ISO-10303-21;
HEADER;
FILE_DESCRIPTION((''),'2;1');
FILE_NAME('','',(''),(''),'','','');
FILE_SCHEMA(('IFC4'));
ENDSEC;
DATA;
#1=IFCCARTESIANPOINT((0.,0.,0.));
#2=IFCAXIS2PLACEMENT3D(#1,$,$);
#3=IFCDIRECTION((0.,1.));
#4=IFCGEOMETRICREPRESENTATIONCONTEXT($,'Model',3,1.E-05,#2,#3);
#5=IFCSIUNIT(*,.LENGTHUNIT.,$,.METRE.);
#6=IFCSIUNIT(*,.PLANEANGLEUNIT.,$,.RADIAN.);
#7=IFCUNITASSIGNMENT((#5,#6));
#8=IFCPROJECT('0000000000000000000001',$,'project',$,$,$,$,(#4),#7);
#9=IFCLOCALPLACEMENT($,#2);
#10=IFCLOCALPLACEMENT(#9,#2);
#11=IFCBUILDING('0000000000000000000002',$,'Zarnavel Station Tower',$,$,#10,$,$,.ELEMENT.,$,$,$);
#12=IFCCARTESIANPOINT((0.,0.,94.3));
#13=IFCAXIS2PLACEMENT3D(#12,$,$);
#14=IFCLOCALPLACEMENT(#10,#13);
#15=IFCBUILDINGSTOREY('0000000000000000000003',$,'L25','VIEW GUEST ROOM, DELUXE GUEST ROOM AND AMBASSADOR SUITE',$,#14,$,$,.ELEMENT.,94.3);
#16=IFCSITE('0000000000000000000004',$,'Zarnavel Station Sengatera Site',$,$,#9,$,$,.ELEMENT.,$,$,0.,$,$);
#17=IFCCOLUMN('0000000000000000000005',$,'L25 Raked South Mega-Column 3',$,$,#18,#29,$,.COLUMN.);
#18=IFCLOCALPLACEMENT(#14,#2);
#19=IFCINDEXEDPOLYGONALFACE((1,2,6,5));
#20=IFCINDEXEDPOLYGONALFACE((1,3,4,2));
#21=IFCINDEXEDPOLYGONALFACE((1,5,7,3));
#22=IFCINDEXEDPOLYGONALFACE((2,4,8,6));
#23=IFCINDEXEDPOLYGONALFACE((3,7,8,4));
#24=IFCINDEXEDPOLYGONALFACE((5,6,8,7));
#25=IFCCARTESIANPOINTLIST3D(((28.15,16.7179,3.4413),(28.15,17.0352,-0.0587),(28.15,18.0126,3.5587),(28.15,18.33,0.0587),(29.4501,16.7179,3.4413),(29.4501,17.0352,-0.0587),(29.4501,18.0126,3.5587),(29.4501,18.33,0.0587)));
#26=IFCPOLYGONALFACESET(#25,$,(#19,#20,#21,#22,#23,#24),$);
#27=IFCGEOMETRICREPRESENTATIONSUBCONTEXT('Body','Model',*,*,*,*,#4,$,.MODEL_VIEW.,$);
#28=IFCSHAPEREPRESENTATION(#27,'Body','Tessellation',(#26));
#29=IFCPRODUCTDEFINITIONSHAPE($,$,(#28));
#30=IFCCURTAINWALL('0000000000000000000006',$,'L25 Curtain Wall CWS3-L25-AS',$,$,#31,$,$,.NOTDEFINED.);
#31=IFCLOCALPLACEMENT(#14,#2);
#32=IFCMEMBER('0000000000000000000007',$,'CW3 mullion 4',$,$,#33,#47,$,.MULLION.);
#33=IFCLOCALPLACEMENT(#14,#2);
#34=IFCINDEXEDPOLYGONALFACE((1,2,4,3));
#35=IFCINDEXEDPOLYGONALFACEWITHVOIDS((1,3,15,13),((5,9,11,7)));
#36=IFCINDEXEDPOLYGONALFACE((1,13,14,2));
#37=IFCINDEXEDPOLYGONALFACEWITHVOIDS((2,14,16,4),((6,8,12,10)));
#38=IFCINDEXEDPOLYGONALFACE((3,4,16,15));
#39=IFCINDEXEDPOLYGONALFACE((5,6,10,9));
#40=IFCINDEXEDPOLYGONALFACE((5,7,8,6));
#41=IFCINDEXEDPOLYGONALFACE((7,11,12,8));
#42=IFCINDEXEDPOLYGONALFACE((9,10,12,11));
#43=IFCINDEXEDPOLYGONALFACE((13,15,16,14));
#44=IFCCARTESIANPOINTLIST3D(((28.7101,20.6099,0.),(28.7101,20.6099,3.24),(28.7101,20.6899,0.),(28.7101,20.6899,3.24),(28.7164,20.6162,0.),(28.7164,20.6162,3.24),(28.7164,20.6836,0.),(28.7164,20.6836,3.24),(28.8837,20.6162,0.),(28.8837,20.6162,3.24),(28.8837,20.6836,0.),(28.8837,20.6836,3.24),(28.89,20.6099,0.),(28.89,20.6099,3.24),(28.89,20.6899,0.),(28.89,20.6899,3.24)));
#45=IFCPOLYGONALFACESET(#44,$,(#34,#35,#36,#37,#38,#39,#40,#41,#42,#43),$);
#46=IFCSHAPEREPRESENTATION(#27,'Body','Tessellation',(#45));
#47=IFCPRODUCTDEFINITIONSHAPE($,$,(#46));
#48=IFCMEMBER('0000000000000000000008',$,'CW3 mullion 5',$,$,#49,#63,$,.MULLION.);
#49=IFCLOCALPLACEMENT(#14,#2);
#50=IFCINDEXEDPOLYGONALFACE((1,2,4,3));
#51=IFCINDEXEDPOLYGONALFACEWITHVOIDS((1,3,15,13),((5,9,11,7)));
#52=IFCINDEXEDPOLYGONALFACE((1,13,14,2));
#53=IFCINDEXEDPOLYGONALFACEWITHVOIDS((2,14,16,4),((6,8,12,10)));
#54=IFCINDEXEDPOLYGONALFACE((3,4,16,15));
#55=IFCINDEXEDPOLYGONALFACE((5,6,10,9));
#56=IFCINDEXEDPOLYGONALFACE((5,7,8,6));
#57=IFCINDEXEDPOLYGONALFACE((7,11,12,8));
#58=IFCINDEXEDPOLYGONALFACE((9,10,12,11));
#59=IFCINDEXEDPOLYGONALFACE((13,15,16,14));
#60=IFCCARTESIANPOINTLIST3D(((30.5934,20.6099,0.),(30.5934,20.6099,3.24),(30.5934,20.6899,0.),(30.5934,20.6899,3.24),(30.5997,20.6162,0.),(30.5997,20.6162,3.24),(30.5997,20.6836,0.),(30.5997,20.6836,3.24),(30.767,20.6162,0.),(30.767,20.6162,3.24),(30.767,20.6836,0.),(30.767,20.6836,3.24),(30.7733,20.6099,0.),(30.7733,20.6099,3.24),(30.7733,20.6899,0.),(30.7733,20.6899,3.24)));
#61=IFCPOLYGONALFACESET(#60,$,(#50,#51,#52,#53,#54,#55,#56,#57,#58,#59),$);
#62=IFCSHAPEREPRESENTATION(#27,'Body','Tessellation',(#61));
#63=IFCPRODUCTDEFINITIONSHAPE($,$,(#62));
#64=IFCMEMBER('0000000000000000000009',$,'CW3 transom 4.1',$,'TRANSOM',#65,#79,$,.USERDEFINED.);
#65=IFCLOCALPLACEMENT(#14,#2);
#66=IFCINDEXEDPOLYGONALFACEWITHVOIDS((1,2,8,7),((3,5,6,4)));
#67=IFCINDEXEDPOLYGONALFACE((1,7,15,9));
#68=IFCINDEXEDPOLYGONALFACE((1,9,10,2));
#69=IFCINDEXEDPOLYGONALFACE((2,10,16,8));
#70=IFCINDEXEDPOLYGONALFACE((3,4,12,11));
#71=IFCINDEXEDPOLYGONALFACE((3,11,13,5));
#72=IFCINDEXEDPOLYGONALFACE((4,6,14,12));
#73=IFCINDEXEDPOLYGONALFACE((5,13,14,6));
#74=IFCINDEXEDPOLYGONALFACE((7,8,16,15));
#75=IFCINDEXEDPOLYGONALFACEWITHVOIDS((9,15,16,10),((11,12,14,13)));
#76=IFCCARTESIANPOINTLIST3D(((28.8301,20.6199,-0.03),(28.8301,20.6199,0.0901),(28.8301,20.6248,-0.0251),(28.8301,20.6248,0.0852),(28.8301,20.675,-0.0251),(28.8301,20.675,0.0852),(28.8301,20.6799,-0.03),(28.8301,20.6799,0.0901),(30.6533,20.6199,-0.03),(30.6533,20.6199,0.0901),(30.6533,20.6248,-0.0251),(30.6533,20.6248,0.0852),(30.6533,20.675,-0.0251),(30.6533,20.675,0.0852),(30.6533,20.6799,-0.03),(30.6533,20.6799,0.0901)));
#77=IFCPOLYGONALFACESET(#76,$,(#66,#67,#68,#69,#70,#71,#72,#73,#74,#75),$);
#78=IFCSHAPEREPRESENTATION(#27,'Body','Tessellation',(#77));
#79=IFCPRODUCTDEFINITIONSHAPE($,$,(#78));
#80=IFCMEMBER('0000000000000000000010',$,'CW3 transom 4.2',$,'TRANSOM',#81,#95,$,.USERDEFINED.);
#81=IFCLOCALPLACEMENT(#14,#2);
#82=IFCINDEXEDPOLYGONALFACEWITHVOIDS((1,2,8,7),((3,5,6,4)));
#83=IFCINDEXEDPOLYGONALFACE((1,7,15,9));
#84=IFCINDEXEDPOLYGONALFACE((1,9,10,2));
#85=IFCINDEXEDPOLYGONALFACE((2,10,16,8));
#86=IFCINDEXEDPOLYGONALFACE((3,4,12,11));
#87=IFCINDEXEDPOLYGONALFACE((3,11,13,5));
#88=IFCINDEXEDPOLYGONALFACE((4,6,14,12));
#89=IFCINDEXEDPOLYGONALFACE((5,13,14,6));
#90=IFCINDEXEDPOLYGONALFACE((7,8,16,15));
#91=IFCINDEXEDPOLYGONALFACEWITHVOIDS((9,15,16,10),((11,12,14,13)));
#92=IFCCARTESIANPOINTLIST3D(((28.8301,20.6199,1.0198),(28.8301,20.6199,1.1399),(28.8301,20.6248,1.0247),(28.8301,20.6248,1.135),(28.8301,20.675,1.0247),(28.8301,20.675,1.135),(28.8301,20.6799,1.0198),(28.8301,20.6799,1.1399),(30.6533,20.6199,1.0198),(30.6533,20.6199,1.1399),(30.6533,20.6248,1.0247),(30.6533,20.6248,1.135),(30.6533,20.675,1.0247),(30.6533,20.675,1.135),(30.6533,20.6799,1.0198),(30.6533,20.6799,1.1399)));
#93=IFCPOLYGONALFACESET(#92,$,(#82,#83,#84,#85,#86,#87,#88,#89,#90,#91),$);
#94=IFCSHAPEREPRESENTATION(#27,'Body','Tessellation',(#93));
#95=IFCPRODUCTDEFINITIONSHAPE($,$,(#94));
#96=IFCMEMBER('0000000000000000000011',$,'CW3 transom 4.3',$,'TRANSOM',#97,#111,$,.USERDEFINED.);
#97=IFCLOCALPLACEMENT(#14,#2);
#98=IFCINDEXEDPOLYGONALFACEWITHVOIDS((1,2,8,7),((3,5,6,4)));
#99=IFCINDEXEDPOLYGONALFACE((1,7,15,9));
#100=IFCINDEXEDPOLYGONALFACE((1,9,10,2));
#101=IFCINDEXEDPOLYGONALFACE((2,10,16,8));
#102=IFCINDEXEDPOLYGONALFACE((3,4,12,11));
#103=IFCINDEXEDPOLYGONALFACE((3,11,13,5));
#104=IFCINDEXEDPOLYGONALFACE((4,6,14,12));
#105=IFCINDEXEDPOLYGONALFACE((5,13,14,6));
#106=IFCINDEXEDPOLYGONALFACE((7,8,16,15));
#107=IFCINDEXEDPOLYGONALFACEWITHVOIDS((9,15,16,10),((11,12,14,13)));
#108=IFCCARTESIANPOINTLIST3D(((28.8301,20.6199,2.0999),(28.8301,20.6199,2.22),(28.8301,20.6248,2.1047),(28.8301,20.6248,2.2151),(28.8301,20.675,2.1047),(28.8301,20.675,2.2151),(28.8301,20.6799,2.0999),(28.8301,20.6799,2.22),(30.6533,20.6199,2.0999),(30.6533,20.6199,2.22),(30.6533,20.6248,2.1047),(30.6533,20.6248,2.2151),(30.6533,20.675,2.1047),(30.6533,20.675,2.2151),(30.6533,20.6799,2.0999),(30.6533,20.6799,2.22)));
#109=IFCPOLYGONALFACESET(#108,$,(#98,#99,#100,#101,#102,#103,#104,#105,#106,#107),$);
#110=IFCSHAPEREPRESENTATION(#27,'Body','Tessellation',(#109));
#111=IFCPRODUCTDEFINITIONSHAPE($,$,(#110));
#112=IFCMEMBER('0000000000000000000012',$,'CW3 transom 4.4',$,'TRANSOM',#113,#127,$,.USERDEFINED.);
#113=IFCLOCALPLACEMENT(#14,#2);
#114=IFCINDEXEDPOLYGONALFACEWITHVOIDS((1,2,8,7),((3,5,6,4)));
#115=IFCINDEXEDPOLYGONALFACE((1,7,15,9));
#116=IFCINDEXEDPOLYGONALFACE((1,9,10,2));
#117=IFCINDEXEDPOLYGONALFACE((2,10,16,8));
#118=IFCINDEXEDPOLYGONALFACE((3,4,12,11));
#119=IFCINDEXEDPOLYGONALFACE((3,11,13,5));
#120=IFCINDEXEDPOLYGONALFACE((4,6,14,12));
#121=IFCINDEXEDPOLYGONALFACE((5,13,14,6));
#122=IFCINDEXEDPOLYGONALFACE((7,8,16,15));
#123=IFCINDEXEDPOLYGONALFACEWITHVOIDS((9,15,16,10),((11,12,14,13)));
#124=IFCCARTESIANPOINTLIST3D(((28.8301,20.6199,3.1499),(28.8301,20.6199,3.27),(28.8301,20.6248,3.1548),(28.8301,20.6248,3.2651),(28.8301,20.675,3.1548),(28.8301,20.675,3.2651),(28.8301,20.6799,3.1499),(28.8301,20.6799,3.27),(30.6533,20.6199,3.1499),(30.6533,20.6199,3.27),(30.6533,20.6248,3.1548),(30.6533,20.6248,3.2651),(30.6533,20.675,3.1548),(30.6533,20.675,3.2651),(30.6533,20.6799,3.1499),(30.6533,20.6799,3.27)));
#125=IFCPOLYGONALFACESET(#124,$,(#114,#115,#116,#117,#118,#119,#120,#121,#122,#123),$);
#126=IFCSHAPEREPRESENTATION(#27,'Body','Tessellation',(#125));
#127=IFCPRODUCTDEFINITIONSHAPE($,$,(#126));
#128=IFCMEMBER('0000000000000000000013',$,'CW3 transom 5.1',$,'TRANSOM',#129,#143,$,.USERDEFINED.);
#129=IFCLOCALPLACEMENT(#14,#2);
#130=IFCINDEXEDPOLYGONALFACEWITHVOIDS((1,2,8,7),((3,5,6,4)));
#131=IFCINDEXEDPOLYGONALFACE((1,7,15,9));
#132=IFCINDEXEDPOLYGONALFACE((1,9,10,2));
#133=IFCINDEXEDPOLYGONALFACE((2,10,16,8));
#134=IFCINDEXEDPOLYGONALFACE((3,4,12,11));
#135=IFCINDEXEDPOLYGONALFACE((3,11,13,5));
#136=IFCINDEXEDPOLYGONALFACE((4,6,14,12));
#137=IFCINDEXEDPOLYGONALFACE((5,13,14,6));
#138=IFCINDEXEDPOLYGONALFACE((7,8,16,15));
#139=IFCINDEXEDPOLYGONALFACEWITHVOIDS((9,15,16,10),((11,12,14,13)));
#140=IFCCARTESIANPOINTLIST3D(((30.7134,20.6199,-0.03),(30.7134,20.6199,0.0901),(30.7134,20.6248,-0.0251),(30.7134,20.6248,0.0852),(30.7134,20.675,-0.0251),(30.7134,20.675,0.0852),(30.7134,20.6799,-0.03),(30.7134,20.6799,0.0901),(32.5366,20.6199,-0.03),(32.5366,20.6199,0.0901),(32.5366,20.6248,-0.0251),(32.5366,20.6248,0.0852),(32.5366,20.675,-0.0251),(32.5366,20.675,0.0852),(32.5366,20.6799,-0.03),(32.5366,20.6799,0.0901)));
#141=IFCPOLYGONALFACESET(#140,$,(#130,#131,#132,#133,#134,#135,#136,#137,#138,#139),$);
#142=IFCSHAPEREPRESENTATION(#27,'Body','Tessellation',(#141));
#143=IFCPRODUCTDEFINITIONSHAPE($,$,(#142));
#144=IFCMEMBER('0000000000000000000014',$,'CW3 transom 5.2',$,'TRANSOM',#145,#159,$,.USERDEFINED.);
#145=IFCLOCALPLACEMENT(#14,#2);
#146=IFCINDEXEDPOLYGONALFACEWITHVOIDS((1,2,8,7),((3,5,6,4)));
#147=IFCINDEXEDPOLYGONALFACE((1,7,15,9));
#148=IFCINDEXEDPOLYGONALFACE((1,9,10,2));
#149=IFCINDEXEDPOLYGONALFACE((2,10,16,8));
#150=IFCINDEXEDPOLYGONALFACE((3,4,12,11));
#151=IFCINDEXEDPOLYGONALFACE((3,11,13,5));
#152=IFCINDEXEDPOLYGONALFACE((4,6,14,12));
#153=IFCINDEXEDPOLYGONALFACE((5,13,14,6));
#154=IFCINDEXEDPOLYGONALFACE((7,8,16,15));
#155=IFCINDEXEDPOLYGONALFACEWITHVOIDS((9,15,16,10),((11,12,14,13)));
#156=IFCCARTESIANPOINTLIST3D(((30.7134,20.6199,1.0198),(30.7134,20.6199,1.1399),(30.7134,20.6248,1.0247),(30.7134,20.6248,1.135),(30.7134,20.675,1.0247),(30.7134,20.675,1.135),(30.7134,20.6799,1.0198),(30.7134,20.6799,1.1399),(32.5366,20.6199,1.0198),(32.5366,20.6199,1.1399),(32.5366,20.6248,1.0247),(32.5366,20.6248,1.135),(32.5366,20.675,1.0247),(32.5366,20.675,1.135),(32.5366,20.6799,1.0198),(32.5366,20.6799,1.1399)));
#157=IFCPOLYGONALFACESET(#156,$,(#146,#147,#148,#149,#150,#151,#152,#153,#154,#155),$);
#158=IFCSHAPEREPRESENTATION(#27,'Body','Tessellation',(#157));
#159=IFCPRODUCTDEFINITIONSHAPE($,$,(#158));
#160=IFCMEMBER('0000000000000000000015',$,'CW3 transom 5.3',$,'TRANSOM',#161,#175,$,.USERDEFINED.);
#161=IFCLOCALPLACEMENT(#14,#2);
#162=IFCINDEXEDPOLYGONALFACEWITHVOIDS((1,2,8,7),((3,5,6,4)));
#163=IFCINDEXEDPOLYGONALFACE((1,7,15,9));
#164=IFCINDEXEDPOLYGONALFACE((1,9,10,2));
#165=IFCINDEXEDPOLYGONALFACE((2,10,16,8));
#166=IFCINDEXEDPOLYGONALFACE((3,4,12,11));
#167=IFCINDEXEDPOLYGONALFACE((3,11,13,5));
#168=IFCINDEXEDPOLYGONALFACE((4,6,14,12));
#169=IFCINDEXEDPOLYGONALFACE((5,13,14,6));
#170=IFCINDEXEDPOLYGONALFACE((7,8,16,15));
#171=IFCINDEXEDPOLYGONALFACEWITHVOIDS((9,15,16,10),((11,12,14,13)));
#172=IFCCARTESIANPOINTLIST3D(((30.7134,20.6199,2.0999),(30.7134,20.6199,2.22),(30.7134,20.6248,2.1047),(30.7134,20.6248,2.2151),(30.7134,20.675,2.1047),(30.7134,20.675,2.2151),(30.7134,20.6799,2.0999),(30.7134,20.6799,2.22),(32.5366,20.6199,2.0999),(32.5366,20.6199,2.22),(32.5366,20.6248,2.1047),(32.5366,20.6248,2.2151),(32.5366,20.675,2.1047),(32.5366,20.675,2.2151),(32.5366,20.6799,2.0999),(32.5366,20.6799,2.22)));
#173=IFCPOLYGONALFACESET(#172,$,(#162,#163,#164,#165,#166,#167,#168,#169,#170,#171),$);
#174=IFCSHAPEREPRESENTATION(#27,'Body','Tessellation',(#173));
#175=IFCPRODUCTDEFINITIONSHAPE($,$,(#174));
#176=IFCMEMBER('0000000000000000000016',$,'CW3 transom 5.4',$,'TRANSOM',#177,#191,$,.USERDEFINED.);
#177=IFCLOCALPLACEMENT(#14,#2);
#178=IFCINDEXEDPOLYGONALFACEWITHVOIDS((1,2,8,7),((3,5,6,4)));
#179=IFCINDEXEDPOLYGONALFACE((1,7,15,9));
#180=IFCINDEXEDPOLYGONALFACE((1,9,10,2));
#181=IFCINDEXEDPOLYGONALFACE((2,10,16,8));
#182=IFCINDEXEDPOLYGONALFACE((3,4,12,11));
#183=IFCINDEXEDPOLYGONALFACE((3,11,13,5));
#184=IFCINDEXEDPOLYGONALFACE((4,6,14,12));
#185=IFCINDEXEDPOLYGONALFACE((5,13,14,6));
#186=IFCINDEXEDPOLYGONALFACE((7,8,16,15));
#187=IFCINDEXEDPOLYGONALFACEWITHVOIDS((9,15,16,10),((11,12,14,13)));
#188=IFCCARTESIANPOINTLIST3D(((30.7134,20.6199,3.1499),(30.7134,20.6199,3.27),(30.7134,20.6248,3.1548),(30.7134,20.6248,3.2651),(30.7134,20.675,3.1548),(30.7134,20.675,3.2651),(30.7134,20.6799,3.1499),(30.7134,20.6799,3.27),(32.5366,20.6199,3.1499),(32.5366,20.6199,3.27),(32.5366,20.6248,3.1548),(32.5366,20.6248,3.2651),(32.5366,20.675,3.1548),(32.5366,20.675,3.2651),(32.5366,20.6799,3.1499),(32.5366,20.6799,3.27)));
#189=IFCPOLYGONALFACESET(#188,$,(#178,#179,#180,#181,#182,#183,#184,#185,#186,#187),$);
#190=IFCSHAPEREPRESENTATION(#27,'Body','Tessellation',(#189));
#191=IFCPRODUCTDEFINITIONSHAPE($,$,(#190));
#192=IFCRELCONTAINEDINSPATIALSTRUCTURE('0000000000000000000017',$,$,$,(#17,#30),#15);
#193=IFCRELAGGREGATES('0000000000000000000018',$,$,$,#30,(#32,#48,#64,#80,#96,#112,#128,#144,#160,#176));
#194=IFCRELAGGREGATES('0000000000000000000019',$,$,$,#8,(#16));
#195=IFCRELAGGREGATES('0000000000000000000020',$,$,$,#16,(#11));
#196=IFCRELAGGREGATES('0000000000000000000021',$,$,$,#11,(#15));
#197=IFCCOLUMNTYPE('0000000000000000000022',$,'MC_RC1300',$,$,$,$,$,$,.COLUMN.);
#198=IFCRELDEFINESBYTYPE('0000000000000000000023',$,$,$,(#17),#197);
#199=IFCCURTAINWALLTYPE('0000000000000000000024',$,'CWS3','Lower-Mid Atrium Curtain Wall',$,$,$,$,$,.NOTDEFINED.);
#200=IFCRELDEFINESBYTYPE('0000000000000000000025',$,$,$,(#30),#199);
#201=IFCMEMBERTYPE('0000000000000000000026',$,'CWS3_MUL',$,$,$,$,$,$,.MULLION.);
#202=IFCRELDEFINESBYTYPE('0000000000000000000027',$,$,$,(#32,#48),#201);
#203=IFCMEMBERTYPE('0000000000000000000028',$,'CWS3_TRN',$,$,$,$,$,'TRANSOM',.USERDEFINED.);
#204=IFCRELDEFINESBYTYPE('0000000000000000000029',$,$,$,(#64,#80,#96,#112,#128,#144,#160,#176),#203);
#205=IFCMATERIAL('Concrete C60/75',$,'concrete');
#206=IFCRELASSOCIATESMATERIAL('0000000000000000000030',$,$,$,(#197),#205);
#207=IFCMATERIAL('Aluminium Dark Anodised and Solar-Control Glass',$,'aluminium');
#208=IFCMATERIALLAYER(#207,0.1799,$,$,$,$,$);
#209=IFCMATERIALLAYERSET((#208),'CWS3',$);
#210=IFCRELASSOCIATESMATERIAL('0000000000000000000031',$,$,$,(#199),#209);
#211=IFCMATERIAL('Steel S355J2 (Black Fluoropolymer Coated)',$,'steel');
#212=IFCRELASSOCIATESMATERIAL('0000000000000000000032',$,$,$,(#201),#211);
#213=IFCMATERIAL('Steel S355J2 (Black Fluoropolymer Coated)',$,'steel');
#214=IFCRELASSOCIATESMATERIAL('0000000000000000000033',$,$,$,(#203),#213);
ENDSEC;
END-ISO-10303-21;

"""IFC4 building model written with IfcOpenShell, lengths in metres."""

from ifc_helpers import new_model, si_unit, direction, frame, origin, origin_2d, place, context, subcontext, project, spatial, rectangle, hollow_rectangle, extrude, material, layer, layer_set, material_profile, profile_set, type_object, element, aggregate, save


model = new_model("IFC4")

# Units and contexts
model_context = context("Model", 3, precision=1e-05, world=origin(), true_north=direction((0.0, 1.0)))
body_context = subcontext(model_context, "Body", "Model", "MODEL_VIEW")
ifc_project = project(units=[si_unit("LENGTHUNIT", "METRE"), si_unit("PLANEANGLEUNIT", "RADIAN")], contexts=[model_context])

# Site, building, storey
site_placement = place(None, origin())
site = spatial("IfcSite", under=ifc_project, at=site_placement, Name="Zarnavel Station Sengatera Site", CompositionType="ELEMENT", RefElevation=0.0)
building_placement = place(site_placement, origin())
building = spatial("IfcBuilding", under=site, at=building_placement, Name="Zarnavel Station Tower", CompositionType="ELEMENT")
storey_placement = place(building_placement, frame((0.0, 0.0, 94.3)))
storey = spatial("IfcBuildingStorey", under=building, at=storey_placement, Name="L25", Description="VIEW GUEST ROOM, DELUXE GUEST ROOM AND AMBASSADOR SUITE", CompositionType="ELEMENT", Elevation=94.3)

# Column
ifc_material_1 = material(Name="Concrete C60/75", Category="concrete")
ifc_material_profile_1 = material_profile(ifc_material_1, rectangle(XDim=1.3, YDim=1.3, at=origin_2d()), Name="RC1300x1300")
ifc_profile_set_1 = profile_set([ifc_material_profile_1], Name="Concrete C60/75")
column_type = type_object("IfcColumnType", Name="MC_RC1300", PredefinedType="COLUMN", material=ifc_profile_set_1)
column_placement = place(storey_placement, frame((28.8, 17.6826, 0.0), z_axis=(0.0, -0.09031, 0.995914), x_axis=(1.0, 0.0, 0.0)))
element("IfcColumn", 1, at=column_placement, inside=storey, type_object=column_type, Name="L25 Raked South Mega-Column 3", PredefinedType="COLUMN", context=body_context, shape_type="SweptSolid", body=[
    extrude(rectangle(XDim=1.3, YDim=1.3, at=origin_2d()), origin(), (0.0, 0.0, 1.0), 3.5144),
])

# Curtain wall, members
ifc_material_2 = material(Name="Aluminium Dark Anodised and Solar-Control Glass", Category="aluminium")
ifc_layer_1 = layer(ifc_material_2, 0.1799)
ifc_layer_set_1 = layer_set([ifc_layer_1], Name="CWS3")
curtain_wall_type = type_object("IfcCurtainWallType", Name="CWS3", Description="Lower-Mid Atrium Curtain Wall", PredefinedType="NOTDEFINED", material=ifc_layer_set_1)
curtain_wall_placement = place(storey_placement, origin())
curtain_wall = element("IfcCurtainWall", 2, at=curtain_wall_placement, inside=storey, type_object=curtain_wall_type, Name="L25 Curtain Wall CWS3-L25-AS", PredefinedType="NOTDEFINED")
ifc_material_3 = material(Name="Steel S355J2 (Black Fluoropolymer Coated)", Category="steel")
ifc_material_profile_2 = material_profile(ifc_material_3, hollow_rectangle(XDim=0.0801, YDim=0.1799, WallThickness=0.0063, at=origin_2d()), Name="RHS180x80x6.3")
ifc_profile_set_2 = profile_set([ifc_material_profile_2], Name="Steel S355J2 (Black Fluoropolymer Coated)")
member_type_1 = type_object("IfcMemberType", Name="CWS3_MUL", PredefinedType="MULLION", material=ifc_profile_set_2)
member_1_placement = place(storey_placement, frame((28.8, 20.6499, 0.0), z_axis=(0.0, 0.0, 1.0), x_axis=(0.0, 1.0, 0.0)))
member_1 = element("IfcMember", 3, at=member_1_placement, type_object=member_type_1, Name="CW3 mullion 4", PredefinedType="MULLION", context=body_context, shape_type="SweptSolid", body=[
    extrude(hollow_rectangle(XDim=0.0801, YDim=0.1799, WallThickness=0.0063, at=origin_2d()), origin(), (0.0, 0.0, 1.0), 3.24),
])
member_2_placement = place(storey_placement, frame((30.6833, 20.6499, 0.0), z_axis=(0.0, 0.0, 1.0), x_axis=(0.0, 1.0, 0.0)))
member_2 = element("IfcMember", 4, at=member_2_placement, type_object=member_type_1, Name="CW3 mullion 5", PredefinedType="MULLION", context=body_context, shape_type="SweptSolid", body=[
    extrude(hollow_rectangle(XDim=0.0801, YDim=0.1799, WallThickness=0.0063, at=origin_2d()), origin(), (0.0, 0.0, 1.0), 3.24),
])
ifc_material_4 = material(Name="Steel S355J2 (Black Fluoropolymer Coated)", Category="steel")
ifc_material_profile_3 = material_profile(ifc_material_4, hollow_rectangle(XDim=0.0601, YDim=0.1201, WallThickness=0.0049, at=origin_2d()), Name="RHS120x60x5")
ifc_profile_set_3 = profile_set([ifc_material_profile_3], Name="Steel S355J2 (Black Fluoropolymer Coated)")
member_type_2 = type_object("IfcMemberType", Name="CWS3_TRN", ElementType="TRANSOM", PredefinedType="USERDEFINED", material=ifc_profile_set_3)
member_3_placement = place(storey_placement, frame((28.8301, 20.6499, 0.03), z_axis=(1.0, 0.0, 0.0), x_axis=(0.0, 1.0, 0.0)))
member_3 = element("IfcMember", 5, at=member_3_placement, type_object=member_type_2, Name="CW3 transom 4.1", ObjectType="TRANSOM", PredefinedType="USERDEFINED", context=body_context, shape_type="SweptSolid", body=[
    extrude(hollow_rectangle(XDim=0.0601, YDim=0.1201, WallThickness=0.0049, at=origin_2d()), origin(), (0.0, 0.0, 1.0), 1.8232),
])
member_4_placement = place(storey_placement, frame((28.8301, 20.6499, 1.0798), z_axis=(1.0, 0.0, 0.0), x_axis=(0.0, 1.0, 0.0)))
member_4 = element("IfcMember", 6, at=member_4_placement, type_object=member_type_2, Name="CW3 transom 4.2", ObjectType="TRANSOM", PredefinedType="USERDEFINED", context=body_context, shape_type="SweptSolid", body=[
    extrude(hollow_rectangle(XDim=0.0601, YDim=0.1201, WallThickness=0.0049, at=origin_2d()), origin(), (0.0, 0.0, 1.0), 1.8232),
])
member_5_placement = place(storey_placement, frame((28.8301, 20.6499, 2.1599), z_axis=(1.0, 0.0, 0.0), x_axis=(0.0, 1.0, 0.0)))
member_5 = element("IfcMember", 7, at=member_5_placement, type_object=member_type_2, Name="CW3 transom 4.3", ObjectType="TRANSOM", PredefinedType="USERDEFINED", context=body_context, shape_type="SweptSolid", body=[
    extrude(hollow_rectangle(XDim=0.0601, YDim=0.1201, WallThickness=0.0049, at=origin_2d()), origin(), (0.0, 0.0, 1.0), 1.8232),
])
member_6_placement = place(storey_placement, frame((28.8301, 20.6499, 3.21), z_axis=(1.0, 0.0, 0.0), x_axis=(0.0, 1.0, 0.0)))
member_6 = element("IfcMember", 8, at=member_6_placement, type_object=member_type_2, Name="CW3 transom 4.4", ObjectType="TRANSOM", PredefinedType="USERDEFINED", context=body_context, shape_type="SweptSolid", body=[
    extrude(hollow_rectangle(XDim=0.0601, YDim=0.1201, WallThickness=0.0049, at=origin_2d()), origin(), (0.0, 0.0, 1.0), 1.8232),
])
member_7_placement = place(storey_placement, frame((30.7134, 20.6499, 0.03), z_axis=(1.0, 0.0, 0.0), x_axis=(0.0, 1.0, 0.0)))
member_7 = element("IfcMember", 9, at=member_7_placement, type_object=member_type_2, Name="CW3 transom 5.1", ObjectType="TRANSOM", PredefinedType="USERDEFINED", context=body_context, shape_type="SweptSolid", body=[
    extrude(hollow_rectangle(XDim=0.0601, YDim=0.1201, WallThickness=0.0049, at=origin_2d()), origin(), (0.0, 0.0, 1.0), 1.8232),
])
member_8_placement = place(storey_placement, frame((30.7134, 20.6499, 1.0798), z_axis=(1.0, 0.0, 0.0), x_axis=(0.0, 1.0, 0.0)))
member_8 = element("IfcMember", 10, at=member_8_placement, type_object=member_type_2, Name="CW3 transom 5.2", ObjectType="TRANSOM", PredefinedType="USERDEFINED", context=body_context, shape_type="SweptSolid", body=[
    extrude(hollow_rectangle(XDim=0.0601, YDim=0.1201, WallThickness=0.0049, at=origin_2d()), origin(), (0.0, 0.0, 1.0), 1.8232),
])
member_9_placement = place(storey_placement, frame((30.7134, 20.6499, 2.1599), z_axis=(1.0, 0.0, 0.0), x_axis=(0.0, 1.0, 0.0)))
member_9 = element("IfcMember", 11, at=member_9_placement, type_object=member_type_2, Name="CW3 transom 5.3", ObjectType="TRANSOM", PredefinedType="USERDEFINED", context=body_context, shape_type="SweptSolid", body=[
    extrude(hollow_rectangle(XDim=0.0601, YDim=0.1201, WallThickness=0.0049, at=origin_2d()), origin(), (0.0, 0.0, 1.0), 1.8232),
])
member_10_placement = place(storey_placement, frame((30.7134, 20.6499, 3.21), z_axis=(1.0, 0.0, 0.0), x_axis=(0.0, 1.0, 0.0)))
member_10 = element("IfcMember", 12, at=member_10_placement, type_object=member_type_2, Name="CW3 transom 5.4", ObjectType="TRANSOM", PredefinedType="USERDEFINED", context=body_context, shape_type="SweptSolid", body=[
    extrude(hollow_rectangle(XDim=0.0601, YDim=0.1201, WallThickness=0.0049, at=origin_2d()), origin(), (0.0, 0.0, 1.0), 1.8232),
])

aggregate(curtain_wall, [member_1, member_2, member_3, member_4, member_5, member_6, member_7, member_8, member_9, member_10])

save(model, "model.ifc")
